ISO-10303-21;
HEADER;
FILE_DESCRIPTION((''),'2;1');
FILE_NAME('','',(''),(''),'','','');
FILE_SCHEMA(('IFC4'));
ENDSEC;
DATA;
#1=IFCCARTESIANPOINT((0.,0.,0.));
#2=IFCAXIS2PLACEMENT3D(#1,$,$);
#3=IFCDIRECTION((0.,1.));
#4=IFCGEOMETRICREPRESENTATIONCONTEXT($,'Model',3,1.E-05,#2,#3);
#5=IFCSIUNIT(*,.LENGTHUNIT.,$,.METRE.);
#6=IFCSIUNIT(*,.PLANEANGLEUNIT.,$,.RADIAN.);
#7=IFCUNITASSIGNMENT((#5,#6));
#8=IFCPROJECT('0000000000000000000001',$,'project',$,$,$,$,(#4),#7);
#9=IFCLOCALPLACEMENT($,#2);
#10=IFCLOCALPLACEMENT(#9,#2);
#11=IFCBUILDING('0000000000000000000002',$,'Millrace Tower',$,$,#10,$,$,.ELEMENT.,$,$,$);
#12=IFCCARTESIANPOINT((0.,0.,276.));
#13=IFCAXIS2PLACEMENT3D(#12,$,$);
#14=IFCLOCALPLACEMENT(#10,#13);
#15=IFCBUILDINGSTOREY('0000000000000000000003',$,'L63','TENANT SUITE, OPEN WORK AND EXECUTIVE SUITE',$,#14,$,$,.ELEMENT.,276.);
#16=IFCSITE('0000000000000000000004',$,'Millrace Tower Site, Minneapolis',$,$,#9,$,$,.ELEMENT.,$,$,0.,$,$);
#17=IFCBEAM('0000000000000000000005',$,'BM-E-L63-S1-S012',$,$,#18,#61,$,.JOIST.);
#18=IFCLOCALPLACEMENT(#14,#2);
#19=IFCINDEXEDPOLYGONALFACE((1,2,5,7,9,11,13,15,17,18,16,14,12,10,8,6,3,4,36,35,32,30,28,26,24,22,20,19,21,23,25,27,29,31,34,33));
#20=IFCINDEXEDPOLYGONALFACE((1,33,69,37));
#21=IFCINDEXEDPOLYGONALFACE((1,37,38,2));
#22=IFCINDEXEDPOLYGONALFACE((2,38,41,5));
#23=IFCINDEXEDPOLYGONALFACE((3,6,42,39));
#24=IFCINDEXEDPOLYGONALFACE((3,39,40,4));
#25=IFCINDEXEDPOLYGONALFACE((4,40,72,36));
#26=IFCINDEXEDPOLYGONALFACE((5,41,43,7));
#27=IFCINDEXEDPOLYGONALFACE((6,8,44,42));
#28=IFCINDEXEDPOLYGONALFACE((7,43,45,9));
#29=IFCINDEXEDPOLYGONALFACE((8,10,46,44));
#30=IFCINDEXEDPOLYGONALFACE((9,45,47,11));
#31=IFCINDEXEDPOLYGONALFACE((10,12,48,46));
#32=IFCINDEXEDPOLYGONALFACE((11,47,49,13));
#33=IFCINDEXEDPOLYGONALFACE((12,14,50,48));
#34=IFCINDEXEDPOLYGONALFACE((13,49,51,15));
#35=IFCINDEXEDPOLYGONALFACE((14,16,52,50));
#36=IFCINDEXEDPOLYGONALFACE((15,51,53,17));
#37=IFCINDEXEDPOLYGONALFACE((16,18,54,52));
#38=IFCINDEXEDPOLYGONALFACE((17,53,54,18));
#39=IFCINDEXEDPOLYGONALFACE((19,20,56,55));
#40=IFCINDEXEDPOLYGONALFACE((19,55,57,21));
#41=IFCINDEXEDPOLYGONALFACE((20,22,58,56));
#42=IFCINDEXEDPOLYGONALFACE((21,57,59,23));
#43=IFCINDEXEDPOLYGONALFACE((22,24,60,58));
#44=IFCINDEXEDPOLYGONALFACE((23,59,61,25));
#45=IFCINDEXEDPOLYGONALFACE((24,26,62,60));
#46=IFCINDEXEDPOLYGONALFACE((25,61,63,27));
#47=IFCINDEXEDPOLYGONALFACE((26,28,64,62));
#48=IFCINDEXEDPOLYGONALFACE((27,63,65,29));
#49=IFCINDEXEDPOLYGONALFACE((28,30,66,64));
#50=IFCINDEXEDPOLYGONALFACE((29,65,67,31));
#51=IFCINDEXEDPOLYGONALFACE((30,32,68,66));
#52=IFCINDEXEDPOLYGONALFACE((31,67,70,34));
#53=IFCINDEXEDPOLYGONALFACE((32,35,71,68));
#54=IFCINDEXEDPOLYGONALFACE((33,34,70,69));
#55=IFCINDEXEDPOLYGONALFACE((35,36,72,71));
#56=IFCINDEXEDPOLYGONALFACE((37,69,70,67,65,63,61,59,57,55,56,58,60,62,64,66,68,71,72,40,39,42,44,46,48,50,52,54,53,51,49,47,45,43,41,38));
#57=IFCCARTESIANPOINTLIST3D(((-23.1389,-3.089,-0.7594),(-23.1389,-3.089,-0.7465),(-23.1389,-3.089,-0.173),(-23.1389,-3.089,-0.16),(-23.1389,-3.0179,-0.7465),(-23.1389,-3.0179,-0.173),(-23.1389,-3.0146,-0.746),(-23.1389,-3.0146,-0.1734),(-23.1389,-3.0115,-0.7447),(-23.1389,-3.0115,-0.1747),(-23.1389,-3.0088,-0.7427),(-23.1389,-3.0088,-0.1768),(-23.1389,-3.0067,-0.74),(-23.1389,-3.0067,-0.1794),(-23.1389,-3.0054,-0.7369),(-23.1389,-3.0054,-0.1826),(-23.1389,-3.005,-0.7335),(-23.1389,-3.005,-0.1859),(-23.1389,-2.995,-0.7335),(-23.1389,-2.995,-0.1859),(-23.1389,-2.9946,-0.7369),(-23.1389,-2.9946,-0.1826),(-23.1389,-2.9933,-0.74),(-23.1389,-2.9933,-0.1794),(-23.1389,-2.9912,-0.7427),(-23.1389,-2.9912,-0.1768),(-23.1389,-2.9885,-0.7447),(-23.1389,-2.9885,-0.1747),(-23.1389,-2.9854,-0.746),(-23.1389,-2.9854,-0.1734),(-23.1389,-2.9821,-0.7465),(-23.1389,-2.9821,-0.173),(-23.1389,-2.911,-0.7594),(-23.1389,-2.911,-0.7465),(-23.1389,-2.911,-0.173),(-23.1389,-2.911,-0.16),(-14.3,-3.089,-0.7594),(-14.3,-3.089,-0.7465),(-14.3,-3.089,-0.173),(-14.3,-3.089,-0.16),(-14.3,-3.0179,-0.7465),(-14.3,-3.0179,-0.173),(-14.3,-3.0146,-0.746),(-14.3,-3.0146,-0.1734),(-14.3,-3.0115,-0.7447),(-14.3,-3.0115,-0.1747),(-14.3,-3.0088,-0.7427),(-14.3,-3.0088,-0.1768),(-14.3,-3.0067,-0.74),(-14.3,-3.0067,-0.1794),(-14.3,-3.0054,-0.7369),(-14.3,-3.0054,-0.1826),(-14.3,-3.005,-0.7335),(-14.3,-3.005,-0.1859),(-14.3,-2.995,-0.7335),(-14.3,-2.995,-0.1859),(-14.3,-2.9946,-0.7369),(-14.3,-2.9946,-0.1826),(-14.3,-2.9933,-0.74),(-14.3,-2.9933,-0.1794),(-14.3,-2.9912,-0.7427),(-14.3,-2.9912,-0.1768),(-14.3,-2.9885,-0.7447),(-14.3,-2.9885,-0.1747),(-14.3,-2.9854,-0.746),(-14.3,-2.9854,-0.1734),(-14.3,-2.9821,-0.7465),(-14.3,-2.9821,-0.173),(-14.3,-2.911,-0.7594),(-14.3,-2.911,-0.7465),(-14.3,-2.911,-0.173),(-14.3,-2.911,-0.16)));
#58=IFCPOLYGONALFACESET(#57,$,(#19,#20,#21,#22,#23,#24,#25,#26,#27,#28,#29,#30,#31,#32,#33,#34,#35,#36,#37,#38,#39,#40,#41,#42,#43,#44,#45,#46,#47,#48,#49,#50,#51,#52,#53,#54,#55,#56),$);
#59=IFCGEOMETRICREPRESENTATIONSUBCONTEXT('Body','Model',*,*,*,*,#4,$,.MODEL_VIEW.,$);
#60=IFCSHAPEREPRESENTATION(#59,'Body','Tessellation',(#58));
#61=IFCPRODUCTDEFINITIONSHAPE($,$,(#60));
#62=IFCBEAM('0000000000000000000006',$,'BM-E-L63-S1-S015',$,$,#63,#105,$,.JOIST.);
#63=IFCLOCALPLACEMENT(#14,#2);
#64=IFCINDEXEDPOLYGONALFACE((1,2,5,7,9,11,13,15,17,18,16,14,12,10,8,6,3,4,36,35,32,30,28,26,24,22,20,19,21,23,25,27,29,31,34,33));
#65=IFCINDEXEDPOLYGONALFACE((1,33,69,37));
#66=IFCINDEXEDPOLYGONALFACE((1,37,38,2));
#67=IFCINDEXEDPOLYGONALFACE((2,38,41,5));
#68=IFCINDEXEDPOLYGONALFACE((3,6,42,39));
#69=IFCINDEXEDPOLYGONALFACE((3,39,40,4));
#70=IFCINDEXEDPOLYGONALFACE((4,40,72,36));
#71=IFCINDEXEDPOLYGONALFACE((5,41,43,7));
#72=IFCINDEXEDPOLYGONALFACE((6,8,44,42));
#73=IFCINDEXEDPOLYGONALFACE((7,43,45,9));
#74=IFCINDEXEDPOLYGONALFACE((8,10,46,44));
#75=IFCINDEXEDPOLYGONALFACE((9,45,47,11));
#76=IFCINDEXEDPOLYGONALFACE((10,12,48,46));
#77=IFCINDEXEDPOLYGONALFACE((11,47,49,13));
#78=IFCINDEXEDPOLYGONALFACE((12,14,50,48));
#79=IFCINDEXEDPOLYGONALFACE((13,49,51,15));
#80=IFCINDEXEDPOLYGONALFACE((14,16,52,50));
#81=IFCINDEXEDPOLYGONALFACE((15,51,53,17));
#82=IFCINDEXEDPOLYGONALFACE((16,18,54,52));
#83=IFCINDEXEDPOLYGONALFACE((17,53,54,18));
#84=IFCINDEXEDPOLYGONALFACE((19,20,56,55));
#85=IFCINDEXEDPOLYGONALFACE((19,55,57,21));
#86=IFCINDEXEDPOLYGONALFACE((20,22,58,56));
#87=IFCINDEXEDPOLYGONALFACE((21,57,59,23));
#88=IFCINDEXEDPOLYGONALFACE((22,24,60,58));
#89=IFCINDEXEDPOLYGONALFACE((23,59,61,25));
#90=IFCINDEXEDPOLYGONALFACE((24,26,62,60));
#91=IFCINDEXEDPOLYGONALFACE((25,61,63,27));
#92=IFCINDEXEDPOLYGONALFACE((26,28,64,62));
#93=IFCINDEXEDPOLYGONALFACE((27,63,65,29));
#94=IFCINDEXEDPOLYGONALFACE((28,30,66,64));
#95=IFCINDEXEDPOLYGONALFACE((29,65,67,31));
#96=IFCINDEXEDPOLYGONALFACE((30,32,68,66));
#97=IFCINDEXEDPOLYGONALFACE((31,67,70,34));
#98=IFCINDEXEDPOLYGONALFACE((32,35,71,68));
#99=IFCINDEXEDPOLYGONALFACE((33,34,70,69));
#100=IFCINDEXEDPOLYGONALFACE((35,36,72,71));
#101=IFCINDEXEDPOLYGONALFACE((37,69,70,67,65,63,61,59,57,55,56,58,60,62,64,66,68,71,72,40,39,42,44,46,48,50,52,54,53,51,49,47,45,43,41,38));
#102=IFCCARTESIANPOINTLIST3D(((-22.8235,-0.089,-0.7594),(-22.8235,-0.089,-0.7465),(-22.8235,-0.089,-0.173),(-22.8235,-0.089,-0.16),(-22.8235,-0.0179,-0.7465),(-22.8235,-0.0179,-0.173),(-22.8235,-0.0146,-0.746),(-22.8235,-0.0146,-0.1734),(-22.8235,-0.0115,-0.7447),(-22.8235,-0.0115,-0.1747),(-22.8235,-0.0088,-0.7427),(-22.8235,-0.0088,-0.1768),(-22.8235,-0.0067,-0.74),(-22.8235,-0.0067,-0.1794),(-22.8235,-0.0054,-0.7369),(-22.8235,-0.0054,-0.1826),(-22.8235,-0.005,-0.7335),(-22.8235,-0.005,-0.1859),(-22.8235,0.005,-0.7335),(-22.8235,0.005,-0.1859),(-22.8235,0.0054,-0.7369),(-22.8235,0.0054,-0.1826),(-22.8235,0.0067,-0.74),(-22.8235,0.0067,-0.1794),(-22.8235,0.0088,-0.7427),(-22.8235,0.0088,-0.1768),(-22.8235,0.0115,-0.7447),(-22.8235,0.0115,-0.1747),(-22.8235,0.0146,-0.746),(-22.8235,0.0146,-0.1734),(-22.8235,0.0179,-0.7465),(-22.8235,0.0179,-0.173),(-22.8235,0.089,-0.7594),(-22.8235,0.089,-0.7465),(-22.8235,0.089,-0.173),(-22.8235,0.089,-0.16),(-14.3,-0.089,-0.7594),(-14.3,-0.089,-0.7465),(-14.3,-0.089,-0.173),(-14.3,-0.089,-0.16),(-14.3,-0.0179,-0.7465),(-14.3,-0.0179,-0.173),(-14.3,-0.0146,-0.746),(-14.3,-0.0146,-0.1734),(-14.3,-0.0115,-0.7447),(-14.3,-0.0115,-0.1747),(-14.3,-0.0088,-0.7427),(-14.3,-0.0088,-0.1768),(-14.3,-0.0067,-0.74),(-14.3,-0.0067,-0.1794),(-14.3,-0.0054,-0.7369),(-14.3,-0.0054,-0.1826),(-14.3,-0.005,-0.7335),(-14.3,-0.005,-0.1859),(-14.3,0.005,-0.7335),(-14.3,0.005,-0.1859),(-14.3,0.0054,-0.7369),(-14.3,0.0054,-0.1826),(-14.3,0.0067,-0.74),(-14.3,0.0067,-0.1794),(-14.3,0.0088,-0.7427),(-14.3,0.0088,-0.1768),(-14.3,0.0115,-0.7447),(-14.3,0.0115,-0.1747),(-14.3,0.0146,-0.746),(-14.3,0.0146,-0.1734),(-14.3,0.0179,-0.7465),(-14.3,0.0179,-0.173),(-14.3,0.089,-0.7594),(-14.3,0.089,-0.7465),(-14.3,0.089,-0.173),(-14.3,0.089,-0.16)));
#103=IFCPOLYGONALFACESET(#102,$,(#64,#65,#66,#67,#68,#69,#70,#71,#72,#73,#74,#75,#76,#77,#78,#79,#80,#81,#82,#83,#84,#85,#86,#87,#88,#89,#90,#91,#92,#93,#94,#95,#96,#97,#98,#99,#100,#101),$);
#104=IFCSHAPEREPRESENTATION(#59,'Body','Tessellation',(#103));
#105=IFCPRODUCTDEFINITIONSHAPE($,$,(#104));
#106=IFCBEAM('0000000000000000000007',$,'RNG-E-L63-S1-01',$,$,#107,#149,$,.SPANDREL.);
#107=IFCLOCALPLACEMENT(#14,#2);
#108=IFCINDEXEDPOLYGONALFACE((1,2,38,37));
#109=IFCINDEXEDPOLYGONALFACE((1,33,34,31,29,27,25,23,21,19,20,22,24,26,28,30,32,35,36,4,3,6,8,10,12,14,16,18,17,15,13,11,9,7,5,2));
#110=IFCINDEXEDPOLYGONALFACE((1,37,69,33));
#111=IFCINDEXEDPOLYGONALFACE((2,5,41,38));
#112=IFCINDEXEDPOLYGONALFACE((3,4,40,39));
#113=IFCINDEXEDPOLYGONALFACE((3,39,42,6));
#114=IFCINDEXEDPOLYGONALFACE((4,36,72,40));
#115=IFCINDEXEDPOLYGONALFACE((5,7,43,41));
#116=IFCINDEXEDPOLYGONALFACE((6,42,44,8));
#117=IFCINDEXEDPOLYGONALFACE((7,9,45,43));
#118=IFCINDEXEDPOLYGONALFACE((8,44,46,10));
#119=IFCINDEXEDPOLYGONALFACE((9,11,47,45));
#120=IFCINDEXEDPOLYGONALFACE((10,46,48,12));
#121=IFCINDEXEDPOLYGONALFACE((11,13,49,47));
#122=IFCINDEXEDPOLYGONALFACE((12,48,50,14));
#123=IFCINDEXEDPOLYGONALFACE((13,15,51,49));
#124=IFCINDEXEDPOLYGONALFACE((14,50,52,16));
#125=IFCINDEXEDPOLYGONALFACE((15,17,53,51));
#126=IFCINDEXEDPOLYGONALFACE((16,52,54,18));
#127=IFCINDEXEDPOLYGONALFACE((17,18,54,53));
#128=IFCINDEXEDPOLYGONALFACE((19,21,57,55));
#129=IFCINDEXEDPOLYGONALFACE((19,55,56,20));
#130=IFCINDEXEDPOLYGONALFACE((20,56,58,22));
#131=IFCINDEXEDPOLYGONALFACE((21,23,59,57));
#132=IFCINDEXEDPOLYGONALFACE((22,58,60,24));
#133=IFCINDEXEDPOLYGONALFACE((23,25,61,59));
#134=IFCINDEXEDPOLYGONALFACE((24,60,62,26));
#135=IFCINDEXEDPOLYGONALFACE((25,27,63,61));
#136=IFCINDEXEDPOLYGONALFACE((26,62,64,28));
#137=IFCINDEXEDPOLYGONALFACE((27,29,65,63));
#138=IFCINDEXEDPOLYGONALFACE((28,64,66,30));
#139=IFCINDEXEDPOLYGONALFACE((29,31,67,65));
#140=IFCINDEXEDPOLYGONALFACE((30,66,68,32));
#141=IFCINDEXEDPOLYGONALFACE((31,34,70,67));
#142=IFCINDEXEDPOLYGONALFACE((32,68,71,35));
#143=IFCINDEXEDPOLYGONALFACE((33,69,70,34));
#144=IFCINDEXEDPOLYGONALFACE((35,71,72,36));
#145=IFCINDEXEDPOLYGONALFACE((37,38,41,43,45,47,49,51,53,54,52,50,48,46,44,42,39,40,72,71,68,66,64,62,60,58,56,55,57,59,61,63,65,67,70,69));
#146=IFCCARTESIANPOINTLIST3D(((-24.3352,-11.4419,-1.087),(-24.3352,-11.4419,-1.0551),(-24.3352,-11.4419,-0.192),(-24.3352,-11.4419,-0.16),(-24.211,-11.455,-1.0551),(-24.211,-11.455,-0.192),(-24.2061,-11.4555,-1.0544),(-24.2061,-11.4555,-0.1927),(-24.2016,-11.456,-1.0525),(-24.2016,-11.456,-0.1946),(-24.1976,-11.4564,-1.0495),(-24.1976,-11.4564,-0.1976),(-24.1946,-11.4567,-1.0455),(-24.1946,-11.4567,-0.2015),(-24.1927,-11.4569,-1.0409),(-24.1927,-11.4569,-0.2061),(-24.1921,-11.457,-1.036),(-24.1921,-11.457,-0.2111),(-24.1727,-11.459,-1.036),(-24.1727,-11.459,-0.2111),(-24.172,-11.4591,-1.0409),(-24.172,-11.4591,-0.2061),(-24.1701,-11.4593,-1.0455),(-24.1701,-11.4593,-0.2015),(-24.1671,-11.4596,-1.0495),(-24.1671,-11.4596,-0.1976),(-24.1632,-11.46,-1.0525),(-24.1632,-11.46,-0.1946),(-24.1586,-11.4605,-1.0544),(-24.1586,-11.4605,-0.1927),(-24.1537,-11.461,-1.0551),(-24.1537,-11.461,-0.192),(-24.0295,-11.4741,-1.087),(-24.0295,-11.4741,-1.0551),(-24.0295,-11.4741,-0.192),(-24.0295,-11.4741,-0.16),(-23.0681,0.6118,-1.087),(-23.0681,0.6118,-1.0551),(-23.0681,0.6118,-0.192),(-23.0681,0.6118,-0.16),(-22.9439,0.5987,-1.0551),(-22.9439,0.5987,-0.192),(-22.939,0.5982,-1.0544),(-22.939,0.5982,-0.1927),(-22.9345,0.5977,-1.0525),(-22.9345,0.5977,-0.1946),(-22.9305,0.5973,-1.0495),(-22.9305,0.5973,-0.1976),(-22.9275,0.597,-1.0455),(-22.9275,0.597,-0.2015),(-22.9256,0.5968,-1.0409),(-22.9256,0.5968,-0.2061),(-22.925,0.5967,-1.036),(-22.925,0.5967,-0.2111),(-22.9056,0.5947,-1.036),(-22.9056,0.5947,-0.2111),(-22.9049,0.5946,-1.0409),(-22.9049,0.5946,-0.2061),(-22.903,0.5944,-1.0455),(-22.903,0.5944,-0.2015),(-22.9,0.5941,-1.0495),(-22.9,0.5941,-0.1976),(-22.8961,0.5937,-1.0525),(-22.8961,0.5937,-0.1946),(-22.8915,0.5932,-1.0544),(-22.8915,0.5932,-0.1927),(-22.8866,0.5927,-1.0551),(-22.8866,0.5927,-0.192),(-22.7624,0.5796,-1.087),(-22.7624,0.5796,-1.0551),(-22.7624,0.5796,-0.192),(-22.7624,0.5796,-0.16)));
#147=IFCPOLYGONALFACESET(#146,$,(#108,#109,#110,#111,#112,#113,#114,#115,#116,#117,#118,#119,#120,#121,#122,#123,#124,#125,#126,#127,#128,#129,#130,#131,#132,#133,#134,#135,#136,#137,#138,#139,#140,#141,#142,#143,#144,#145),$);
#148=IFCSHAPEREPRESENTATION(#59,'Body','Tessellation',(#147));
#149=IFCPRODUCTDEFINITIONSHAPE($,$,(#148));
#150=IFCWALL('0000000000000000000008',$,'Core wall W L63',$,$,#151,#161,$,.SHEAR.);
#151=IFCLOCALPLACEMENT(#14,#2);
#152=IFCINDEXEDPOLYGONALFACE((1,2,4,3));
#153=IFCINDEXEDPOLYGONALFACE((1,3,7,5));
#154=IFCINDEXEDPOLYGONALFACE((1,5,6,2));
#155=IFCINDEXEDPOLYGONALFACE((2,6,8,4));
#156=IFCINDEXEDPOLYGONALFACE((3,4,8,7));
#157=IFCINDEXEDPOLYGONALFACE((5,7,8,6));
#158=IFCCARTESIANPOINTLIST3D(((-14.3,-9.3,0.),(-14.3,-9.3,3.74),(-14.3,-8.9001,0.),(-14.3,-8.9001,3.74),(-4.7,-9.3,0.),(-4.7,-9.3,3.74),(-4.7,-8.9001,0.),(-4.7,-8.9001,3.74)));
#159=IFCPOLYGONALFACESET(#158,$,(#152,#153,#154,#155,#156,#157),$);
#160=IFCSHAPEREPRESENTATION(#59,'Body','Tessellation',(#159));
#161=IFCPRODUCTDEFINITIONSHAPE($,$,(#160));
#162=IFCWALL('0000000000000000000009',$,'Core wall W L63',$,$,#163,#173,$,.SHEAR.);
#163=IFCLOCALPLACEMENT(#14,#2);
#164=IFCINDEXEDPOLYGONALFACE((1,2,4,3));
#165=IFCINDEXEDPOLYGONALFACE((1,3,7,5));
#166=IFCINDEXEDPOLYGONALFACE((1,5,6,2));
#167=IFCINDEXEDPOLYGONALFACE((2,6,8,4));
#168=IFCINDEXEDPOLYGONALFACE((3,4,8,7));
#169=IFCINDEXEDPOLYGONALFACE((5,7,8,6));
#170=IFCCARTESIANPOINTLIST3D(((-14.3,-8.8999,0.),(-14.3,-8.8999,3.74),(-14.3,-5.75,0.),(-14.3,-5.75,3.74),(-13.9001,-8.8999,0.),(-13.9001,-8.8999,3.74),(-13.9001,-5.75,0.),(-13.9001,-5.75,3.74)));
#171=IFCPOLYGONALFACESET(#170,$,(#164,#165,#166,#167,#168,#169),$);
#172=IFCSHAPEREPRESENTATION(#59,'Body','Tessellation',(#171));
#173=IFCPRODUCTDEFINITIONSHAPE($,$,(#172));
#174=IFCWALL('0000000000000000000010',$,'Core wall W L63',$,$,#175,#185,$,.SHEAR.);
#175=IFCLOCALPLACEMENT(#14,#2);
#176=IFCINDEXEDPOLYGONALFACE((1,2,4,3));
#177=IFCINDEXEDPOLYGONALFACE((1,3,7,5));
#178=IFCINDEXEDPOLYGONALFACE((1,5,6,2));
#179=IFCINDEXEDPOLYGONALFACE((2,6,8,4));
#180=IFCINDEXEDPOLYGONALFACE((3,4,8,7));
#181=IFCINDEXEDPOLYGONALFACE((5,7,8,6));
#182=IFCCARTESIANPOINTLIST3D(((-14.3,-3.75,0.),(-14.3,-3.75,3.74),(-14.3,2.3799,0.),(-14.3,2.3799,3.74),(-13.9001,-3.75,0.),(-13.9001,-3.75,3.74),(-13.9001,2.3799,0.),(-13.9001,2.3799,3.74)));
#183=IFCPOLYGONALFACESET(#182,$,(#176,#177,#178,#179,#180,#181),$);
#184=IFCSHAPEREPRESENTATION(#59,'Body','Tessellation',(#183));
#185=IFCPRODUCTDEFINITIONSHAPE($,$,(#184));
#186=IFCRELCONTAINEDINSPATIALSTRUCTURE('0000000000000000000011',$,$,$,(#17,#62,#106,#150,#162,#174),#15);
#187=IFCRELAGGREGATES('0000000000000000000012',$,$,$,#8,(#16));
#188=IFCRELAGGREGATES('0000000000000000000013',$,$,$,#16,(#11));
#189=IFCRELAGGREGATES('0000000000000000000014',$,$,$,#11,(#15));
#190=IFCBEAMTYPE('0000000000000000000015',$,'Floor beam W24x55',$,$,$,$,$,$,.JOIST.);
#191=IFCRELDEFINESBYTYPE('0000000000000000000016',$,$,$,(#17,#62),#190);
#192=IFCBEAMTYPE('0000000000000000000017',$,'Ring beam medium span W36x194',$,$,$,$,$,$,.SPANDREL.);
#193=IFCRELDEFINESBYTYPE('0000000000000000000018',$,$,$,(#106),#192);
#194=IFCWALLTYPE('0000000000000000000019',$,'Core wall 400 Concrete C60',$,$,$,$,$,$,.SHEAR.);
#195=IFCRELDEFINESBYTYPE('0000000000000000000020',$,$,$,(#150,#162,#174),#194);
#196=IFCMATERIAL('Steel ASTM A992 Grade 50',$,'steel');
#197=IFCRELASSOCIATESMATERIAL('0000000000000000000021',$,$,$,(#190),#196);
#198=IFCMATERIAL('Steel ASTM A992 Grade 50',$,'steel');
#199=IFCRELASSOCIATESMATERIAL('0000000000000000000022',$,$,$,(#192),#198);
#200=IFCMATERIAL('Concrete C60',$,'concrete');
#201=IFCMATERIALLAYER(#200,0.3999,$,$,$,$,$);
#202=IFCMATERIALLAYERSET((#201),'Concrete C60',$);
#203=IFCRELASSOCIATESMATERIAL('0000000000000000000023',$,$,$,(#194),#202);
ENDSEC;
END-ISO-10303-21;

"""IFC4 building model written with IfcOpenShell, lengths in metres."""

from ifc_helpers import new_model, si_unit, direction, frame, frame_2d, origin, origin_2d, place, context, subcontext, project, spatial, rectangle, i_section, extrude, material, layer, layer_set, material_profile, profile_set, type_object, element, save


model = new_model("IFC4")

# Units and contexts
model_context = context("Model", 3, precision=1e-05, world=origin(), true_north=direction((0.0, 1.0)))
body_context = subcontext(model_context, "Body", "Model", "MODEL_VIEW")
ifc_project = project(units=[si_unit("LENGTHUNIT", "METRE"), si_unit("PLANEANGLEUNIT", "RADIAN")], contexts=[model_context])

# Site, building, storey
site_placement = place(None, origin())
site = spatial("IfcSite", under=ifc_project, at=site_placement, Name="Millrace Tower Site, Minneapolis", CompositionType="ELEMENT", RefElevation=0.0)
building_placement = place(site_placement, origin())
building = spatial("IfcBuilding", under=site, at=building_placement, Name="Millrace Tower", CompositionType="ELEMENT")
storey_placement = place(building_placement, frame((0.0, 0.0, 276.0)))
storey = spatial("IfcBuildingStorey", under=building, at=storey_placement, Name="L63", Description="TENANT SUITE, OPEN WORK AND EXECUTIVE SUITE", CompositionType="ELEMENT", Elevation=276.0)

# Beams
ifc_material_1 = material(Name="Steel ASTM A992 Grade 50", Category="steel")
ifc_material_profile_1 = material_profile(ifc_material_1, i_section(OverallWidth=0.178, OverallDepth=0.5994, WebThickness=0.01, FlangeThickness=0.0129, FilletRadius=0.0129, at=origin_2d()))
ifc_profile_set_1 = profile_set([ifc_material_profile_1], Name="Steel ASTM A992 Grade 50")
beam_type_1 = type_object("IfcBeamType", Name="Floor beam W24x55", PredefinedType="JOIST", material=ifc_profile_set_1)
beam_1_placement = place(storey_placement, frame((-23.1389, -3.0, -0.4597), z_axis=(1.0, 0.0, 0.0), x_axis=(0.0, 1.0, 0.0)))
element("IfcBeam", 1, at=beam_1_placement, inside=storey, type_object=beam_type_1, Name="BM-E-L63-S1-S012", PredefinedType="JOIST", context=body_context, shape_type="SweptSolid", body=[
    extrude(i_section(OverallWidth=0.178, OverallDepth=0.5994, WebThickness=0.01, FlangeThickness=0.0129, FilletRadius=0.0129, at=origin_2d()), origin(), (0.0, 0.0, 1.0), 8.8389),
])
beam_2_placement = place(storey_placement, frame((-22.8235, 0.0, -0.4597), z_axis=(1.0, 0.0, 0.0), x_axis=(0.0, 1.0, 0.0)))
element("IfcBeam", 2, at=beam_2_placement, inside=storey, type_object=beam_type_1, Name="BM-E-L63-S1-S015", PredefinedType="JOIST", context=body_context, shape_type="SweptSolid", body=[
    extrude(i_section(OverallWidth=0.178, OverallDepth=0.5994, WebThickness=0.01, FlangeThickness=0.0129, FilletRadius=0.0129, at=origin_2d()), origin(), (0.0, 0.0, 1.0), 8.5234),
])
ifc_material_2 = material(Name="Steel ASTM A992 Grade 50", Category="steel")
ifc_material_profile_2 = material_profile(ifc_material_2, i_section(OverallWidth=0.3074, OverallDepth=0.927, WebThickness=0.0195, FlangeThickness=0.032, FilletRadius=0.019, at=origin_2d()))
ifc_profile_set_2 = profile_set([ifc_material_profile_2], Name="Steel ASTM A992 Grade 50")
beam_type_2 = type_object("IfcBeamType", Name="Ring beam medium span W36x194", PredefinedType="SPANDREL", material=ifc_profile_set_2)
beam_3_placement = place(storey_placement, frame((-24.1824, -11.458, -0.6235), z_axis=(0.104544, 0.99452, 0.0), x_axis=(-0.99452, 0.104544, 0.0)))
element("IfcBeam", 3, at=beam_3_placement, inside=storey, type_object=beam_type_2, Name="RNG-E-L63-S1-01", PredefinedType="SPANDREL", context=body_context, shape_type="SweptSolid", body=[
    extrude(i_section(OverallWidth=0.3074, OverallDepth=0.927, WebThickness=0.0195, FlangeThickness=0.032, FilletRadius=0.019, at=origin_2d()), origin(), (0.0, 0.0, 1.0), 12.1201),
])

# Walls
ifc_material_3 = material(Name="Concrete C60", Category="concrete")
ifc_layer_1 = layer(ifc_material_3, 0.3999)
ifc_layer_set_1 = layer_set([ifc_layer_1], Name="Concrete C60")
wall_type_1 = type_object("IfcWallType", Name="Core wall 400 Concrete C60", PredefinedType="SHEAR", material=ifc_layer_set_1)
wall_1_placement = place(storey_placement, frame((-14.3, -9.1001, 0.0), z_axis=(0.0, 0.0, 1.0), x_axis=(1.0, 0.0, 0.0)))
element("IfcWall", 4, at=wall_1_placement, inside=storey, type_object=wall_type_1, Name="Core wall W L63", PredefinedType="SHEAR", context=body_context, shape_type="SweptSolid", body=[
    extrude(rectangle(XDim=9.6001, YDim=0.3999, at=frame_2d((4.8, 0.0))), origin(), (0.0, 0.0, 1.0), 3.74),
])
wall_2_placement = place(storey_placement, frame((-14.1001, -8.8999, 0.0), z_axis=(0.0, 0.0, 1.0), x_axis=(0.0, 1.0, 0.0)))
element("IfcWall", 5, at=wall_2_placement, inside=storey, type_object=wall_type_1, Name="Core wall W L63", PredefinedType="SHEAR", context=body_context, shape_type="SweptSolid", body=[
    extrude(rectangle(XDim=3.1499, YDim=0.3999, at=frame_2d((1.575, 0.0))), origin(), (0.0, 0.0, 1.0), 3.74),
])
wall_3_placement = place(storey_placement, frame((-14.1001, -3.75, 0.0), z_axis=(0.0, 0.0, 1.0), x_axis=(0.0, 1.0, 0.0)))
element("IfcWall", 6, at=wall_3_placement, inside=storey, type_object=wall_type_1, Name="Core wall W L63", PredefinedType="SHEAR", context=body_context, shape_type="SweptSolid", body=[
    extrude(rectangle(XDim=6.1299, YDim=0.3999, at=frame_2d((3.0649, 0.0))), origin(), (0.0, 0.0, 1.0), 3.74),
])

save(model, "model.ifc")
